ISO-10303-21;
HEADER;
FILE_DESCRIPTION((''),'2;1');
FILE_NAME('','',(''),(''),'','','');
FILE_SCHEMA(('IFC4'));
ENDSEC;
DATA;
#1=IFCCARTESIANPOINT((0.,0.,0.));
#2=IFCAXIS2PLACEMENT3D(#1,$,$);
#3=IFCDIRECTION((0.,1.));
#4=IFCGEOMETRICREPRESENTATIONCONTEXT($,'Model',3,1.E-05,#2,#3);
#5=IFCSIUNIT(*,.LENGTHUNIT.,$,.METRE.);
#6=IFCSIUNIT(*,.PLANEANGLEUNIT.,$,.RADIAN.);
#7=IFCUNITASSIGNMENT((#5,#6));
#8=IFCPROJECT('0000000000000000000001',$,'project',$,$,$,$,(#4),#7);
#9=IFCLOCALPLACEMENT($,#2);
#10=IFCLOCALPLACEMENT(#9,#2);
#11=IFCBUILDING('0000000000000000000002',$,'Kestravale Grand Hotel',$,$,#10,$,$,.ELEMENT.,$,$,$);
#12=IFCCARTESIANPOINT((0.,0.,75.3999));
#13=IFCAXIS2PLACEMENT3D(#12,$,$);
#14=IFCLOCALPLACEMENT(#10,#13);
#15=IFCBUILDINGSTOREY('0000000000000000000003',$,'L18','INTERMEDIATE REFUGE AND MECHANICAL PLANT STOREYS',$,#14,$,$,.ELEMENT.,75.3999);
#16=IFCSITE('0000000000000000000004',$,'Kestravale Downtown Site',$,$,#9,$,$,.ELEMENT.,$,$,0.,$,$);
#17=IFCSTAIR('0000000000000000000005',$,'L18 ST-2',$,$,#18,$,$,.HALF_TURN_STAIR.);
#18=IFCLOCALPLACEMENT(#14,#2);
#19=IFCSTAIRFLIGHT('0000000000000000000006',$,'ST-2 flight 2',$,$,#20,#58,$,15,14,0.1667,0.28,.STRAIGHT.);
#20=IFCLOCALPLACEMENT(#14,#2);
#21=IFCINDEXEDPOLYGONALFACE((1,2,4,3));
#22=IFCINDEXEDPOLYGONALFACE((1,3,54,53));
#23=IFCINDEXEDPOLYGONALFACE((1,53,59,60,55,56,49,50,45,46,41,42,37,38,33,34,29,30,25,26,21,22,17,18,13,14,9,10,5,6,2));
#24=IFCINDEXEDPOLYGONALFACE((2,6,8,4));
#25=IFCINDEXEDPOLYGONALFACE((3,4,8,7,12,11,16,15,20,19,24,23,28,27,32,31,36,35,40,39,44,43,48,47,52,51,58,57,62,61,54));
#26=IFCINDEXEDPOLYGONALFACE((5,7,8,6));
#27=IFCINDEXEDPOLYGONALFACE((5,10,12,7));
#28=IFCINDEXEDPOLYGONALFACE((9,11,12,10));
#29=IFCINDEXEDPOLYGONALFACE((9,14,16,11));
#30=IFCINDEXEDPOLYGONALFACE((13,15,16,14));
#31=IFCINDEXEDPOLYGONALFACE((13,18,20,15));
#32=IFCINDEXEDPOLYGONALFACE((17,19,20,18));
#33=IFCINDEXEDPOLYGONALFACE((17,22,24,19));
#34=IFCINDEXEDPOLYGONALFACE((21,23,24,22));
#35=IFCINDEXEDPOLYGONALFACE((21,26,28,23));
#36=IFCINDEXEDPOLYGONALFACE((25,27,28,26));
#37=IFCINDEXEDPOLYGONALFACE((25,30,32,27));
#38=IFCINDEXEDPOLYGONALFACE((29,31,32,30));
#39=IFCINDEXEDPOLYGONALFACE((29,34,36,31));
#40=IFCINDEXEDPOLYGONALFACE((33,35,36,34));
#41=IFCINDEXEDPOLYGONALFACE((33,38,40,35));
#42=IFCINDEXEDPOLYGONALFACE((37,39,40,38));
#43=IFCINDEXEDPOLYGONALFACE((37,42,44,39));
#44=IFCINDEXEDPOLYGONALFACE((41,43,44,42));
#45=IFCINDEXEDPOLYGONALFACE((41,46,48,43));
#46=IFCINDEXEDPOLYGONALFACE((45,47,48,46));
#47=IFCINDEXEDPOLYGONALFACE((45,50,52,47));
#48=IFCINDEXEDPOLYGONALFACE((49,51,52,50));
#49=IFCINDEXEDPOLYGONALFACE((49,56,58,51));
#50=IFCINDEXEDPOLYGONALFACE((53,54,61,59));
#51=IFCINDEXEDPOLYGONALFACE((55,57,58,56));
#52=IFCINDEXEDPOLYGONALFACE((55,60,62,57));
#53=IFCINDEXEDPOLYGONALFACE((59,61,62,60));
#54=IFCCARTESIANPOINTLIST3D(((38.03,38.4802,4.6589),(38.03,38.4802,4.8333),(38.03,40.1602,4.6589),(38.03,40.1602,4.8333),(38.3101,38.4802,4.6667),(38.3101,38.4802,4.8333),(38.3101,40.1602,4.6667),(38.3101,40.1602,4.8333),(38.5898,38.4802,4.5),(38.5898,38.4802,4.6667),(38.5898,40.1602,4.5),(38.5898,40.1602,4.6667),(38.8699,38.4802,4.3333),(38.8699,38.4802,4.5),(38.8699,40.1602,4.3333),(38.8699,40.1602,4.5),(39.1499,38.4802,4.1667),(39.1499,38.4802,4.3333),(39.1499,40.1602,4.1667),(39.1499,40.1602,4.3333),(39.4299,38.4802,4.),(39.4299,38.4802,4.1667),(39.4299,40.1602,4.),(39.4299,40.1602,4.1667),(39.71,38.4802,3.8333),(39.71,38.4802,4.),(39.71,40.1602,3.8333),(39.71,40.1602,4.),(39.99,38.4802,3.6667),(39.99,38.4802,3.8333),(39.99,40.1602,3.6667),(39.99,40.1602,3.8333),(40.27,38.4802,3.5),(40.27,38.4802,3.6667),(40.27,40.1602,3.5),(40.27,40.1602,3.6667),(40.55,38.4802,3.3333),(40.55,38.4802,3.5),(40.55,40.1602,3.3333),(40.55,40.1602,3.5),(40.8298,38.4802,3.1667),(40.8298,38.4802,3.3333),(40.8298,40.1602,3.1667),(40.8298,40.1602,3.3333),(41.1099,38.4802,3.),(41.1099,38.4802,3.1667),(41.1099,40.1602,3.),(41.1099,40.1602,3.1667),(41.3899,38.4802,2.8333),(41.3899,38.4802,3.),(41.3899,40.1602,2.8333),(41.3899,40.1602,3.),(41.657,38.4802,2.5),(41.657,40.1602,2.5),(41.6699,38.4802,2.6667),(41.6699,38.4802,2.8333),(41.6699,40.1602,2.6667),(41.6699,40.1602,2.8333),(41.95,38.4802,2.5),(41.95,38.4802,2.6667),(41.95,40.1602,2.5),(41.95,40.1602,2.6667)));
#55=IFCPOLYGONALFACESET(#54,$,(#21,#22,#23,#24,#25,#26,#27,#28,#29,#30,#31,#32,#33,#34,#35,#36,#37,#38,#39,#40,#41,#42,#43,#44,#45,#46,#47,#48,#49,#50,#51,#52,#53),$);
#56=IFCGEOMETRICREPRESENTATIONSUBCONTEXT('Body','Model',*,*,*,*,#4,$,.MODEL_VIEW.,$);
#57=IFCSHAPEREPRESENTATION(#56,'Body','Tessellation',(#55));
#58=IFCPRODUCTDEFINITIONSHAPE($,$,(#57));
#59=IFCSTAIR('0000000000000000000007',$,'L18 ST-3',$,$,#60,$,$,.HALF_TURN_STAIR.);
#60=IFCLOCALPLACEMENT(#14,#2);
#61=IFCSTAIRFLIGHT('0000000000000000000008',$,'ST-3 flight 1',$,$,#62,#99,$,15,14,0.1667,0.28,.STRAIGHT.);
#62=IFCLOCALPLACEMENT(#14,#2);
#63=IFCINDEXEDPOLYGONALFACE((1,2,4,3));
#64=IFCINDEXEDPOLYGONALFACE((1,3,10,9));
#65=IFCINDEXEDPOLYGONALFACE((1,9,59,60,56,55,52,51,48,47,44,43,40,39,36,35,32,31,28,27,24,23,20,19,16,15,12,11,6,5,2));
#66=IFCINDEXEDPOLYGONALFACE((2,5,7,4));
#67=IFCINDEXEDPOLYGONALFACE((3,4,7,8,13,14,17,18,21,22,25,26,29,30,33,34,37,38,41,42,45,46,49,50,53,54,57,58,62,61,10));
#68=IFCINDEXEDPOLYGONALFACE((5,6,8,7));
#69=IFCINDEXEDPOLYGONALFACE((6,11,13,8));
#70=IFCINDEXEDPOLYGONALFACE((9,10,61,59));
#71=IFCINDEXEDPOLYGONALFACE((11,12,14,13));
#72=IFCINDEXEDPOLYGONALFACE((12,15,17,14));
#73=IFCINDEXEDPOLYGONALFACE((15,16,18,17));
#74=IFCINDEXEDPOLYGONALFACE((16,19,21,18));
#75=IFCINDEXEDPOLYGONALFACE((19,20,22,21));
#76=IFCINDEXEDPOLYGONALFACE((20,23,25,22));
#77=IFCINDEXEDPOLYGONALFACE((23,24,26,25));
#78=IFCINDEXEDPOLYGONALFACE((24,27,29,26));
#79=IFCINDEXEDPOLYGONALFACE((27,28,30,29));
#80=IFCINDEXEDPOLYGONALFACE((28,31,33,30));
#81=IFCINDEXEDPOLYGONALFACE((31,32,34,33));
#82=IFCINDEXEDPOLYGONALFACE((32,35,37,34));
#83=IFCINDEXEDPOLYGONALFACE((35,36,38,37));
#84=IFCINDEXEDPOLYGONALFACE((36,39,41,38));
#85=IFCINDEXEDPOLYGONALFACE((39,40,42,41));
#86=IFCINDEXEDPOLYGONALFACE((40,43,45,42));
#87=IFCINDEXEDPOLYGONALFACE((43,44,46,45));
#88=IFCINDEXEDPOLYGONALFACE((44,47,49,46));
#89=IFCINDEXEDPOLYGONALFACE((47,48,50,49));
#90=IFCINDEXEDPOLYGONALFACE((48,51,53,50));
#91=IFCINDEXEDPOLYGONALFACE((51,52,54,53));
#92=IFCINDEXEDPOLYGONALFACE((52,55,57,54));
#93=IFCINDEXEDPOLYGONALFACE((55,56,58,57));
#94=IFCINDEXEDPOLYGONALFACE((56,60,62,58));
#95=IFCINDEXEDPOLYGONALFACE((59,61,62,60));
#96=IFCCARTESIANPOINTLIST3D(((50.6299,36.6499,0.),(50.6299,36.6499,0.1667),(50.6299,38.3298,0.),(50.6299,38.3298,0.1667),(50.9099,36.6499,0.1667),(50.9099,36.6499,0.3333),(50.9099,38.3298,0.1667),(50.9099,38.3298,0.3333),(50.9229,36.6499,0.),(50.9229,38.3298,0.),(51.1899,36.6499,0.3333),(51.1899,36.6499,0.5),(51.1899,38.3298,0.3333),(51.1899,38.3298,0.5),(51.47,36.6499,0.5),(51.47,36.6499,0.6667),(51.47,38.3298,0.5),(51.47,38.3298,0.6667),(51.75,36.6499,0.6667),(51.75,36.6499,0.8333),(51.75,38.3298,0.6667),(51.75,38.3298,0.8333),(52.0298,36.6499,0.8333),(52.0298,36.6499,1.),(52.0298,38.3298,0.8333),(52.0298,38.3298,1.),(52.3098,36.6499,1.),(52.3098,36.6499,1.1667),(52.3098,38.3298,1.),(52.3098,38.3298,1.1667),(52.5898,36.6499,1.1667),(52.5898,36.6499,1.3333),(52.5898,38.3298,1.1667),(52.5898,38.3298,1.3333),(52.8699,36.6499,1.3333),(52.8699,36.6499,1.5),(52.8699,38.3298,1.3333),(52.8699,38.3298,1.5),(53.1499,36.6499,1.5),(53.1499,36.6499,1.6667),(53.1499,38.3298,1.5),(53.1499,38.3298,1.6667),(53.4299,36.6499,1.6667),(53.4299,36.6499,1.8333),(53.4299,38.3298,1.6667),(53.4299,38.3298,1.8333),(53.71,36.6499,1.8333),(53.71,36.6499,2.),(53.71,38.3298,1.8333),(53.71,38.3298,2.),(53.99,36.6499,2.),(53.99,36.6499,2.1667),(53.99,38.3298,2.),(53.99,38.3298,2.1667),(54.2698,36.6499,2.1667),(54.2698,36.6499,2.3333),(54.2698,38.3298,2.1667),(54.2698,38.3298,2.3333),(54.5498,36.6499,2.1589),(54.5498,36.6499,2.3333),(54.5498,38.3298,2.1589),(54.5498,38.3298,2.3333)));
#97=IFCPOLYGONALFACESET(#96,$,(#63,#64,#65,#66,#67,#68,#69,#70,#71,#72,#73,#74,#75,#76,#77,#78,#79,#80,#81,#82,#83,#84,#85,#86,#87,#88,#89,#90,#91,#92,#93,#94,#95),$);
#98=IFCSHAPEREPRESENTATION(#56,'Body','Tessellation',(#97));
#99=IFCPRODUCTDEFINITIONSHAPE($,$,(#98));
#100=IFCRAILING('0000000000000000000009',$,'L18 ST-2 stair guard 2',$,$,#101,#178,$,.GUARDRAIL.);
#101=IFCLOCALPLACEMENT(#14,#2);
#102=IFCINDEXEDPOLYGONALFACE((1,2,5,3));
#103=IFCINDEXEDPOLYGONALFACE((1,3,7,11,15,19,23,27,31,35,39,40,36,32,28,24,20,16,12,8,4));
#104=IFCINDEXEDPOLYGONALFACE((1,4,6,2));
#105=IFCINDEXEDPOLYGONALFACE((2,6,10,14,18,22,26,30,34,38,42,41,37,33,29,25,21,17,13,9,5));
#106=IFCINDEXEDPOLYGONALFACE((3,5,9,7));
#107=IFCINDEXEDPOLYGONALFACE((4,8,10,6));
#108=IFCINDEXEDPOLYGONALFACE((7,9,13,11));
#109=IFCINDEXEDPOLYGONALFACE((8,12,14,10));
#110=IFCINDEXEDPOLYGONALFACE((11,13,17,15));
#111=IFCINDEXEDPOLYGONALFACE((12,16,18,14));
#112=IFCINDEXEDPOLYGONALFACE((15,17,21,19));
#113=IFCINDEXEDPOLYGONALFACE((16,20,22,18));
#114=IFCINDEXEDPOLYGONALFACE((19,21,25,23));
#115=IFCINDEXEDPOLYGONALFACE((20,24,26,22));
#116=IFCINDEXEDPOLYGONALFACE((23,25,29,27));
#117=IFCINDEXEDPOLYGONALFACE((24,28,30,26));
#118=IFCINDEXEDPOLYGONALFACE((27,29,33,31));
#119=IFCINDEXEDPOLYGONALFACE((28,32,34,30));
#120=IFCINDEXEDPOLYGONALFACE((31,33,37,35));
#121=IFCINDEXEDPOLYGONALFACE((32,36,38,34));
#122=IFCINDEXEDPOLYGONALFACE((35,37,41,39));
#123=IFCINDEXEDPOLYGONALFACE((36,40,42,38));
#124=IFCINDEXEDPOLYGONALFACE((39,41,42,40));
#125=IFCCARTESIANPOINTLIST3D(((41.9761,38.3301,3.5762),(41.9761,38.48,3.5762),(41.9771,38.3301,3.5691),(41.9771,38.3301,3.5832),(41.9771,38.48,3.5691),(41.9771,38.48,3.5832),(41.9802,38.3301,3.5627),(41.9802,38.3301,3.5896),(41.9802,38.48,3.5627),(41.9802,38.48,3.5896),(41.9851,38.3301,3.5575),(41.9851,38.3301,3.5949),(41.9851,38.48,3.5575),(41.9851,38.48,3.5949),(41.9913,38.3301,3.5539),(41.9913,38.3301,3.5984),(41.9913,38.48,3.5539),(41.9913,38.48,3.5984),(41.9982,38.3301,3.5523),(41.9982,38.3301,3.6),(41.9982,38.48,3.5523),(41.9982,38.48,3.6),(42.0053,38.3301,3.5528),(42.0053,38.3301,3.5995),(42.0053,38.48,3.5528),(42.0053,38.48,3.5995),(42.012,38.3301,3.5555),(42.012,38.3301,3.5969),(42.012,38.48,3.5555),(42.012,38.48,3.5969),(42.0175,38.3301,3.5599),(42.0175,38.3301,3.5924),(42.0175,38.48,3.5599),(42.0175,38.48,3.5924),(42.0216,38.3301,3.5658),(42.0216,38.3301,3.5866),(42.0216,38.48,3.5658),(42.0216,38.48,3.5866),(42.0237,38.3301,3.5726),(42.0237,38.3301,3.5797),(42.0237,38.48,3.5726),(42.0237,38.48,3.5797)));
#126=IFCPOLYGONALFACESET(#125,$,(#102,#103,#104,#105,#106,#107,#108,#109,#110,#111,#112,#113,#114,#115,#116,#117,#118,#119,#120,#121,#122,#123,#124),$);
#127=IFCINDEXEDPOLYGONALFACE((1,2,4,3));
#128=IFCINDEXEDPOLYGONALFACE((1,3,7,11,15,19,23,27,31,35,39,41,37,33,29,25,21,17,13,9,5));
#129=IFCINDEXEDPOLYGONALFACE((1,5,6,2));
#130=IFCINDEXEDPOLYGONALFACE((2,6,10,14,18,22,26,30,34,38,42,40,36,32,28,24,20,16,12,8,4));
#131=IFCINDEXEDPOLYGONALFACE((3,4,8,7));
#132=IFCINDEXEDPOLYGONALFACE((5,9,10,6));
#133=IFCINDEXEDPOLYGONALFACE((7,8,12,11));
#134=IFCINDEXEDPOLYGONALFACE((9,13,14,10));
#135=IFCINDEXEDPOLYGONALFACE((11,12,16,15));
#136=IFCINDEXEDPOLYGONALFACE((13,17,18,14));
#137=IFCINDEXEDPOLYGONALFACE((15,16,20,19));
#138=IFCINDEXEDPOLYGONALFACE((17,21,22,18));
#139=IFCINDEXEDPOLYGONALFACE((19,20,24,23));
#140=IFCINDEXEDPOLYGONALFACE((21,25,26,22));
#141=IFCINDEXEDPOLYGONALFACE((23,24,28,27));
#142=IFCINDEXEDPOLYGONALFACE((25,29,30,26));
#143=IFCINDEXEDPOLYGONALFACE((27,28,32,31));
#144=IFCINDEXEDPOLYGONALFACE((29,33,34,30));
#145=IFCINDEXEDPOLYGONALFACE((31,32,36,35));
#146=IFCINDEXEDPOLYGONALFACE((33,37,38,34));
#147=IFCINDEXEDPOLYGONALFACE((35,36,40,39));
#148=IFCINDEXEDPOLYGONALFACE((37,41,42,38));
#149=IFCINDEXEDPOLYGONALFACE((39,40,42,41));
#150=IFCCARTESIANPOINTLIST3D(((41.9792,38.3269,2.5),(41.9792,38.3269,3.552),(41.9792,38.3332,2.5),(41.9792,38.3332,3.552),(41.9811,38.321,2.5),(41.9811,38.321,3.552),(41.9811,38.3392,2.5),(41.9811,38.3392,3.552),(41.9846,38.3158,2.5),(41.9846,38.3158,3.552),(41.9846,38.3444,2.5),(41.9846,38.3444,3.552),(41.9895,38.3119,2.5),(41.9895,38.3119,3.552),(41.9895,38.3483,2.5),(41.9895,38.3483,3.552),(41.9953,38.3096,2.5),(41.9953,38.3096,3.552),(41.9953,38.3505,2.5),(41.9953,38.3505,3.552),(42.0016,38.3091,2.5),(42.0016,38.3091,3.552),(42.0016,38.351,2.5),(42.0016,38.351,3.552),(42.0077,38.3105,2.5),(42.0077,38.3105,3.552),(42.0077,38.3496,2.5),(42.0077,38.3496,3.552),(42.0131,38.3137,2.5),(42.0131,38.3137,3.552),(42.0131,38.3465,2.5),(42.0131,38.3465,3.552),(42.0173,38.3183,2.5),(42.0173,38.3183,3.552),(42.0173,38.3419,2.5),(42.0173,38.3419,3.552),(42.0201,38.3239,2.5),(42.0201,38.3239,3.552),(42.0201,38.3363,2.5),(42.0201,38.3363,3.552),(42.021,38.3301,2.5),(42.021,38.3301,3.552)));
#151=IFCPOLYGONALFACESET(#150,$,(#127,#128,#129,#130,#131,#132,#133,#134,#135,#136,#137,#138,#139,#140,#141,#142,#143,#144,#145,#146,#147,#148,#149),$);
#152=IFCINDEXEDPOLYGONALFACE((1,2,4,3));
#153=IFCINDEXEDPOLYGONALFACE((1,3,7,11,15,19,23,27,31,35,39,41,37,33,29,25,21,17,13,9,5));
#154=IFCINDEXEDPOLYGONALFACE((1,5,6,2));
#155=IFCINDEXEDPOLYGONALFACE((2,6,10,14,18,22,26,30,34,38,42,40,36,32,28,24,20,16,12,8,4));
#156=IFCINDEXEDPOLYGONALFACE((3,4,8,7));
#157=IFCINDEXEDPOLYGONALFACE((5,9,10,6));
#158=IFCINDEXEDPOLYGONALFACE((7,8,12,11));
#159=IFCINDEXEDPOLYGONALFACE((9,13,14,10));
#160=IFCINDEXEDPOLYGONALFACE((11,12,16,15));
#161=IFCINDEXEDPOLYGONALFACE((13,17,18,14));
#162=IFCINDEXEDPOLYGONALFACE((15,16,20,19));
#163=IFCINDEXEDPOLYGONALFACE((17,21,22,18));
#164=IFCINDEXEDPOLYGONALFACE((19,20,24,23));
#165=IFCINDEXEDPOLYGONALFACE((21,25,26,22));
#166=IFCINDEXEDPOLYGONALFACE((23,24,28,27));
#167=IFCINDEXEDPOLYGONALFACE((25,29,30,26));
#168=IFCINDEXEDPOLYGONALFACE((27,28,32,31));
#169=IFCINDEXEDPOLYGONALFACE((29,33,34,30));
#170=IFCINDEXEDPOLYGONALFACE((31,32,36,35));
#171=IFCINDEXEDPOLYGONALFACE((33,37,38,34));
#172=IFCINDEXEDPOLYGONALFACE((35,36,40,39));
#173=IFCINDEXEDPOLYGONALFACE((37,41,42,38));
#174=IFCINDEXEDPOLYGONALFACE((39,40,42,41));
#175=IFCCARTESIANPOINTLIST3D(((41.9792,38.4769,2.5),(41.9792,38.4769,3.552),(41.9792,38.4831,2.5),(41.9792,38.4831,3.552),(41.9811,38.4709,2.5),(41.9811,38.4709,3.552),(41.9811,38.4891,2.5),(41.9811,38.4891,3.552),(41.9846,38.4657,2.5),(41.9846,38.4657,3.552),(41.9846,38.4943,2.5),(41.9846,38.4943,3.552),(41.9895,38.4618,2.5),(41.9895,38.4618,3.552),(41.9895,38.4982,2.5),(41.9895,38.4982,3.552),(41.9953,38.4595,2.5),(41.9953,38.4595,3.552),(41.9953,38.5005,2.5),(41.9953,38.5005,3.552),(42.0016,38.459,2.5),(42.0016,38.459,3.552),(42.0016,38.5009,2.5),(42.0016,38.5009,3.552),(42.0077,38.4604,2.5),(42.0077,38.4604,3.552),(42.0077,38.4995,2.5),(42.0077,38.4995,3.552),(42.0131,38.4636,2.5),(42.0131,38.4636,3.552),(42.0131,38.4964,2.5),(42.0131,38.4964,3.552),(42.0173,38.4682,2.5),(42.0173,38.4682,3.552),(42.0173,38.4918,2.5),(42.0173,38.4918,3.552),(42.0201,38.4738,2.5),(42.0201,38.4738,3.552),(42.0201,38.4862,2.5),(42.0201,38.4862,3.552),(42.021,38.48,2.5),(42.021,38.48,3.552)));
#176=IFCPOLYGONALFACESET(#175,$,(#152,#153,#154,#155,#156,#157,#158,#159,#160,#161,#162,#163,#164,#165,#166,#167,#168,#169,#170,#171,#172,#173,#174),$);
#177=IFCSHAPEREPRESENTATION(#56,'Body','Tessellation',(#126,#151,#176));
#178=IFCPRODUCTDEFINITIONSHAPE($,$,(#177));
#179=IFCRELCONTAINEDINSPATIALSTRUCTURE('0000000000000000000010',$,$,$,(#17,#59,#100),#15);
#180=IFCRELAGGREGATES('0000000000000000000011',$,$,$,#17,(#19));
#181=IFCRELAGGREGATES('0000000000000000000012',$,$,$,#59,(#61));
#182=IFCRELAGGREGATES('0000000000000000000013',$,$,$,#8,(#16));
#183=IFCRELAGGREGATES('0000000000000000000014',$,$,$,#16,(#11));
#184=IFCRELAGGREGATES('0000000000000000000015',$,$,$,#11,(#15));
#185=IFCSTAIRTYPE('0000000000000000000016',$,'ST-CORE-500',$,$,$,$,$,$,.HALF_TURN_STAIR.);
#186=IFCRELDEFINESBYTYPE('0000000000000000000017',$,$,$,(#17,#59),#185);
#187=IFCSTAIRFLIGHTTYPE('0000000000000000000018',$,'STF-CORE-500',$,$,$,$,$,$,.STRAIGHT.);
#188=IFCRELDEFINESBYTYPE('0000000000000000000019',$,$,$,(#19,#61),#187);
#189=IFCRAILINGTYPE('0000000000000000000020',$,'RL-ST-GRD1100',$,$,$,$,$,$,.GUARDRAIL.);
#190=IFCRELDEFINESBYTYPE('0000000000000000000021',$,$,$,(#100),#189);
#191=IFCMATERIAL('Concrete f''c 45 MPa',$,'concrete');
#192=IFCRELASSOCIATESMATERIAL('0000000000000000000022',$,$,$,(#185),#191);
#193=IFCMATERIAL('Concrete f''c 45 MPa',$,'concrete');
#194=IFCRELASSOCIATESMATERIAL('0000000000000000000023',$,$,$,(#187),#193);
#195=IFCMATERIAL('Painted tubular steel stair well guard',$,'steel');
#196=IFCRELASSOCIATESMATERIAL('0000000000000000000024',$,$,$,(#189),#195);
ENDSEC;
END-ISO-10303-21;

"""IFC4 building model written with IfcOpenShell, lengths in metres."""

from ifc_helpers import new_model, si_unit, direction, frame, origin, origin_2d, place, context, subcontext, project, spatial, polyline, circle, outline, extrude, material, type_object, element, aggregate, save


model = new_model("IFC4")

# Units and contexts
model_context = context("Model", 3, precision=1e-05, world=origin(), true_north=direction((0.0, 1.0)))
body_context = subcontext(model_context, "Body", "Model", "MODEL_VIEW")
ifc_project = project(units=[si_unit("LENGTHUNIT", "METRE"), si_unit("PLANEANGLEUNIT", "RADIAN")], contexts=[model_context])

# Site, building, storey
site_placement = place(None, origin())
site = spatial("IfcSite", under=ifc_project, at=site_placement, Name="Kestravale Downtown Site", CompositionType="ELEMENT", RefElevation=0.0)
building_placement = place(site_placement, origin())
building = spatial("IfcBuilding", under=site, at=building_placement, Name="Kestravale Grand Hotel", CompositionType="ELEMENT")
storey_placement = place(building_placement, frame((0.0, 0.0, 75.3999)))
storey = spatial("IfcBuildingStorey", under=building, at=storey_placement, Name="L18", Description="INTERMEDIATE REFUGE AND MECHANICAL PLANT STOREYS", CompositionType="ELEMENT", Elevation=75.3999)

# Stairs, stair flights
ifc_material_1 = material(Name="Concrete f'c 45 MPa", Category="concrete")
stair_type = type_object("IfcStairType", Name="ST-CORE-500", PredefinedType="HALF_TURN_STAIR", material=ifc_material_1)
stair_1_placement = place(storey_placement, origin())
stair_1 = element("IfcStair", 1, at=stair_1_placement, inside=storey, type_object=stair_type, Name="L18 ST-2", PredefinedType="HALF_TURN_STAIR")
ifc_material_2 = material(Name="Concrete f'c 45 MPa", Category="concrete")
stair_flight_type = type_object("IfcStairFlightType", Name="STF-CORE-500", PredefinedType="STRAIGHT", material=ifc_material_2)
stair_flight_1_placement = place(storey_placement, frame((41.95, 39.3201, 2.5), z_axis=(0.0, 0.0, 1.0), x_axis=(-1.0, 0.0, 0.0)))
stair_flight_1 = element("IfcStairFlight", 2, at=stair_flight_1_placement, type_object=stair_flight_type, Name="ST-2 flight 2", NumberOfRisers=15, NumberOfTreads=14, PredefinedType="STRAIGHT", RiserHeight=0.1667, TreadLength=0.28, context=body_context, shape_type="SweptSolid", body=[
    extrude(outline(polyline([(0.0, 0.0), (0.0, 0.1667), (0.28, 0.1667), (0.28, 0.3333), (0.5601, 0.3333), (0.5601, 0.5), (0.8401, 0.5), (0.8401, 0.6667), (1.1201, 0.6667), (1.1201, 0.8333), (1.3999, 0.8333), (1.3999, 1.0), (1.6799, 1.0), (1.6799, 1.1667), (1.96, 1.1667), (1.96, 1.3333), (2.24, 1.3333), (2.24, 1.5), (2.52, 1.5), (2.52, 1.6667), (2.8, 1.6667), (2.8, 1.8333), (3.0801, 1.8333), (3.0801, 2.0), (3.3601, 2.0), (3.3601, 2.1667), (3.6399, 2.1667), (3.6399, 2.3333), (3.9199, 2.3333), (3.9199, 2.5), (3.9199, 2.1589), (0.293, 0.0), (0.0, 0.0)])), frame((0.0, 0.8398, 0.0), z_axis=(0.0, -1.0, 0.0), x_axis=(1.0, 0.0, 0.0)), (0.0, 0.0, 1.0), 1.6799),
])
aggregate(stair_1, [stair_flight_1])
stair_2_placement = place(storey_placement, origin())
stair_2 = element("IfcStair", 3, at=stair_2_placement, inside=storey, type_object=stair_type, Name="L18 ST-3", PredefinedType="HALF_TURN_STAIR")
stair_flight_2_placement = place(storey_placement, frame((50.6299, 37.49, 0.0), z_axis=(0.0, 0.0, 1.0), x_axis=(1.0, 0.0, 0.0)))
stair_flight_2 = element("IfcStairFlight", 4, at=stair_flight_2_placement, type_object=stair_flight_type, Name="ST-3 flight 1", NumberOfRisers=15, NumberOfTreads=14, PredefinedType="STRAIGHT", RiserHeight=0.1667, TreadLength=0.28, context=body_context, shape_type="SweptSolid", body=[
    extrude(outline(polyline([(0.0, 0.0), (0.0, 0.1667), (0.28, 0.1667), (0.28, 0.3333), (0.5601, 0.3333), (0.5601, 0.5), (0.8401, 0.5), (0.8401, 0.6667), (1.1201, 0.6667), (1.1201, 0.8333), (1.3999, 0.8333), (1.3999, 1.0), (1.6799, 1.0), (1.6799, 1.1667), (1.96, 1.1667), (1.96, 1.3333), (2.24, 1.3333), (2.24, 1.5), (2.52, 1.5), (2.52, 1.6667), (2.8, 1.6667), (2.8, 1.8333), (3.0801, 1.8333), (3.0801, 2.0), (3.3601, 2.0), (3.3601, 2.1667), (3.6399, 2.1667), (3.6399, 2.3333), (3.9199, 2.3333), (3.9199, 2.5), (3.9199, 2.1589), (0.293, 0.0), (0.0, 0.0)])), frame((0.0, 0.8398, 0.0), z_axis=(0.0, -1.0, 0.0), x_axis=(1.0, 0.0, 0.0)), (0.0, 0.0, 1.0), 1.6799),
])
aggregate(stair_2, [stair_flight_2])

# Railing
ifc_material_3 = material(Name="Painted tubular steel stair well guard", Category="steel")
railing_type_1 = type_object("IfcRailingType", Name="RL-ST-GRD1100", PredefinedType="GUARDRAIL", material=ifc_material_3)
railing_1_placement = place(storey_placement, frame((42.0, 38.3301, 2.5)))
element("IfcRailing", 5, at=railing_1_placement, inside=storey, type_object=railing_type_1, Name="L18 ST-2 stair guard 2", PredefinedType="GUARDRAIL", context=body_context, shape_type="SweptSolid", body=[
    extrude(circle(Radius=0.0239, at=origin_2d()), frame((0.0, 0.0, 1.0762), z_axis=(0.0, 1.0, 0.0), x_axis=(-1.0, 0.0, 0.0)), (0.0, 0.0, 1.0), 0.1499),
    extrude(circle(Radius=0.021, at=origin_2d()), origin(), (0.0, 0.0, 1.0), 1.052),
    extrude(circle(Radius=0.021, at=origin_2d()), frame((0.0, 0.1499, 0.0)), (0.0, 0.0, 1.0), 1.052),
])

save(model, "model.ifc")
